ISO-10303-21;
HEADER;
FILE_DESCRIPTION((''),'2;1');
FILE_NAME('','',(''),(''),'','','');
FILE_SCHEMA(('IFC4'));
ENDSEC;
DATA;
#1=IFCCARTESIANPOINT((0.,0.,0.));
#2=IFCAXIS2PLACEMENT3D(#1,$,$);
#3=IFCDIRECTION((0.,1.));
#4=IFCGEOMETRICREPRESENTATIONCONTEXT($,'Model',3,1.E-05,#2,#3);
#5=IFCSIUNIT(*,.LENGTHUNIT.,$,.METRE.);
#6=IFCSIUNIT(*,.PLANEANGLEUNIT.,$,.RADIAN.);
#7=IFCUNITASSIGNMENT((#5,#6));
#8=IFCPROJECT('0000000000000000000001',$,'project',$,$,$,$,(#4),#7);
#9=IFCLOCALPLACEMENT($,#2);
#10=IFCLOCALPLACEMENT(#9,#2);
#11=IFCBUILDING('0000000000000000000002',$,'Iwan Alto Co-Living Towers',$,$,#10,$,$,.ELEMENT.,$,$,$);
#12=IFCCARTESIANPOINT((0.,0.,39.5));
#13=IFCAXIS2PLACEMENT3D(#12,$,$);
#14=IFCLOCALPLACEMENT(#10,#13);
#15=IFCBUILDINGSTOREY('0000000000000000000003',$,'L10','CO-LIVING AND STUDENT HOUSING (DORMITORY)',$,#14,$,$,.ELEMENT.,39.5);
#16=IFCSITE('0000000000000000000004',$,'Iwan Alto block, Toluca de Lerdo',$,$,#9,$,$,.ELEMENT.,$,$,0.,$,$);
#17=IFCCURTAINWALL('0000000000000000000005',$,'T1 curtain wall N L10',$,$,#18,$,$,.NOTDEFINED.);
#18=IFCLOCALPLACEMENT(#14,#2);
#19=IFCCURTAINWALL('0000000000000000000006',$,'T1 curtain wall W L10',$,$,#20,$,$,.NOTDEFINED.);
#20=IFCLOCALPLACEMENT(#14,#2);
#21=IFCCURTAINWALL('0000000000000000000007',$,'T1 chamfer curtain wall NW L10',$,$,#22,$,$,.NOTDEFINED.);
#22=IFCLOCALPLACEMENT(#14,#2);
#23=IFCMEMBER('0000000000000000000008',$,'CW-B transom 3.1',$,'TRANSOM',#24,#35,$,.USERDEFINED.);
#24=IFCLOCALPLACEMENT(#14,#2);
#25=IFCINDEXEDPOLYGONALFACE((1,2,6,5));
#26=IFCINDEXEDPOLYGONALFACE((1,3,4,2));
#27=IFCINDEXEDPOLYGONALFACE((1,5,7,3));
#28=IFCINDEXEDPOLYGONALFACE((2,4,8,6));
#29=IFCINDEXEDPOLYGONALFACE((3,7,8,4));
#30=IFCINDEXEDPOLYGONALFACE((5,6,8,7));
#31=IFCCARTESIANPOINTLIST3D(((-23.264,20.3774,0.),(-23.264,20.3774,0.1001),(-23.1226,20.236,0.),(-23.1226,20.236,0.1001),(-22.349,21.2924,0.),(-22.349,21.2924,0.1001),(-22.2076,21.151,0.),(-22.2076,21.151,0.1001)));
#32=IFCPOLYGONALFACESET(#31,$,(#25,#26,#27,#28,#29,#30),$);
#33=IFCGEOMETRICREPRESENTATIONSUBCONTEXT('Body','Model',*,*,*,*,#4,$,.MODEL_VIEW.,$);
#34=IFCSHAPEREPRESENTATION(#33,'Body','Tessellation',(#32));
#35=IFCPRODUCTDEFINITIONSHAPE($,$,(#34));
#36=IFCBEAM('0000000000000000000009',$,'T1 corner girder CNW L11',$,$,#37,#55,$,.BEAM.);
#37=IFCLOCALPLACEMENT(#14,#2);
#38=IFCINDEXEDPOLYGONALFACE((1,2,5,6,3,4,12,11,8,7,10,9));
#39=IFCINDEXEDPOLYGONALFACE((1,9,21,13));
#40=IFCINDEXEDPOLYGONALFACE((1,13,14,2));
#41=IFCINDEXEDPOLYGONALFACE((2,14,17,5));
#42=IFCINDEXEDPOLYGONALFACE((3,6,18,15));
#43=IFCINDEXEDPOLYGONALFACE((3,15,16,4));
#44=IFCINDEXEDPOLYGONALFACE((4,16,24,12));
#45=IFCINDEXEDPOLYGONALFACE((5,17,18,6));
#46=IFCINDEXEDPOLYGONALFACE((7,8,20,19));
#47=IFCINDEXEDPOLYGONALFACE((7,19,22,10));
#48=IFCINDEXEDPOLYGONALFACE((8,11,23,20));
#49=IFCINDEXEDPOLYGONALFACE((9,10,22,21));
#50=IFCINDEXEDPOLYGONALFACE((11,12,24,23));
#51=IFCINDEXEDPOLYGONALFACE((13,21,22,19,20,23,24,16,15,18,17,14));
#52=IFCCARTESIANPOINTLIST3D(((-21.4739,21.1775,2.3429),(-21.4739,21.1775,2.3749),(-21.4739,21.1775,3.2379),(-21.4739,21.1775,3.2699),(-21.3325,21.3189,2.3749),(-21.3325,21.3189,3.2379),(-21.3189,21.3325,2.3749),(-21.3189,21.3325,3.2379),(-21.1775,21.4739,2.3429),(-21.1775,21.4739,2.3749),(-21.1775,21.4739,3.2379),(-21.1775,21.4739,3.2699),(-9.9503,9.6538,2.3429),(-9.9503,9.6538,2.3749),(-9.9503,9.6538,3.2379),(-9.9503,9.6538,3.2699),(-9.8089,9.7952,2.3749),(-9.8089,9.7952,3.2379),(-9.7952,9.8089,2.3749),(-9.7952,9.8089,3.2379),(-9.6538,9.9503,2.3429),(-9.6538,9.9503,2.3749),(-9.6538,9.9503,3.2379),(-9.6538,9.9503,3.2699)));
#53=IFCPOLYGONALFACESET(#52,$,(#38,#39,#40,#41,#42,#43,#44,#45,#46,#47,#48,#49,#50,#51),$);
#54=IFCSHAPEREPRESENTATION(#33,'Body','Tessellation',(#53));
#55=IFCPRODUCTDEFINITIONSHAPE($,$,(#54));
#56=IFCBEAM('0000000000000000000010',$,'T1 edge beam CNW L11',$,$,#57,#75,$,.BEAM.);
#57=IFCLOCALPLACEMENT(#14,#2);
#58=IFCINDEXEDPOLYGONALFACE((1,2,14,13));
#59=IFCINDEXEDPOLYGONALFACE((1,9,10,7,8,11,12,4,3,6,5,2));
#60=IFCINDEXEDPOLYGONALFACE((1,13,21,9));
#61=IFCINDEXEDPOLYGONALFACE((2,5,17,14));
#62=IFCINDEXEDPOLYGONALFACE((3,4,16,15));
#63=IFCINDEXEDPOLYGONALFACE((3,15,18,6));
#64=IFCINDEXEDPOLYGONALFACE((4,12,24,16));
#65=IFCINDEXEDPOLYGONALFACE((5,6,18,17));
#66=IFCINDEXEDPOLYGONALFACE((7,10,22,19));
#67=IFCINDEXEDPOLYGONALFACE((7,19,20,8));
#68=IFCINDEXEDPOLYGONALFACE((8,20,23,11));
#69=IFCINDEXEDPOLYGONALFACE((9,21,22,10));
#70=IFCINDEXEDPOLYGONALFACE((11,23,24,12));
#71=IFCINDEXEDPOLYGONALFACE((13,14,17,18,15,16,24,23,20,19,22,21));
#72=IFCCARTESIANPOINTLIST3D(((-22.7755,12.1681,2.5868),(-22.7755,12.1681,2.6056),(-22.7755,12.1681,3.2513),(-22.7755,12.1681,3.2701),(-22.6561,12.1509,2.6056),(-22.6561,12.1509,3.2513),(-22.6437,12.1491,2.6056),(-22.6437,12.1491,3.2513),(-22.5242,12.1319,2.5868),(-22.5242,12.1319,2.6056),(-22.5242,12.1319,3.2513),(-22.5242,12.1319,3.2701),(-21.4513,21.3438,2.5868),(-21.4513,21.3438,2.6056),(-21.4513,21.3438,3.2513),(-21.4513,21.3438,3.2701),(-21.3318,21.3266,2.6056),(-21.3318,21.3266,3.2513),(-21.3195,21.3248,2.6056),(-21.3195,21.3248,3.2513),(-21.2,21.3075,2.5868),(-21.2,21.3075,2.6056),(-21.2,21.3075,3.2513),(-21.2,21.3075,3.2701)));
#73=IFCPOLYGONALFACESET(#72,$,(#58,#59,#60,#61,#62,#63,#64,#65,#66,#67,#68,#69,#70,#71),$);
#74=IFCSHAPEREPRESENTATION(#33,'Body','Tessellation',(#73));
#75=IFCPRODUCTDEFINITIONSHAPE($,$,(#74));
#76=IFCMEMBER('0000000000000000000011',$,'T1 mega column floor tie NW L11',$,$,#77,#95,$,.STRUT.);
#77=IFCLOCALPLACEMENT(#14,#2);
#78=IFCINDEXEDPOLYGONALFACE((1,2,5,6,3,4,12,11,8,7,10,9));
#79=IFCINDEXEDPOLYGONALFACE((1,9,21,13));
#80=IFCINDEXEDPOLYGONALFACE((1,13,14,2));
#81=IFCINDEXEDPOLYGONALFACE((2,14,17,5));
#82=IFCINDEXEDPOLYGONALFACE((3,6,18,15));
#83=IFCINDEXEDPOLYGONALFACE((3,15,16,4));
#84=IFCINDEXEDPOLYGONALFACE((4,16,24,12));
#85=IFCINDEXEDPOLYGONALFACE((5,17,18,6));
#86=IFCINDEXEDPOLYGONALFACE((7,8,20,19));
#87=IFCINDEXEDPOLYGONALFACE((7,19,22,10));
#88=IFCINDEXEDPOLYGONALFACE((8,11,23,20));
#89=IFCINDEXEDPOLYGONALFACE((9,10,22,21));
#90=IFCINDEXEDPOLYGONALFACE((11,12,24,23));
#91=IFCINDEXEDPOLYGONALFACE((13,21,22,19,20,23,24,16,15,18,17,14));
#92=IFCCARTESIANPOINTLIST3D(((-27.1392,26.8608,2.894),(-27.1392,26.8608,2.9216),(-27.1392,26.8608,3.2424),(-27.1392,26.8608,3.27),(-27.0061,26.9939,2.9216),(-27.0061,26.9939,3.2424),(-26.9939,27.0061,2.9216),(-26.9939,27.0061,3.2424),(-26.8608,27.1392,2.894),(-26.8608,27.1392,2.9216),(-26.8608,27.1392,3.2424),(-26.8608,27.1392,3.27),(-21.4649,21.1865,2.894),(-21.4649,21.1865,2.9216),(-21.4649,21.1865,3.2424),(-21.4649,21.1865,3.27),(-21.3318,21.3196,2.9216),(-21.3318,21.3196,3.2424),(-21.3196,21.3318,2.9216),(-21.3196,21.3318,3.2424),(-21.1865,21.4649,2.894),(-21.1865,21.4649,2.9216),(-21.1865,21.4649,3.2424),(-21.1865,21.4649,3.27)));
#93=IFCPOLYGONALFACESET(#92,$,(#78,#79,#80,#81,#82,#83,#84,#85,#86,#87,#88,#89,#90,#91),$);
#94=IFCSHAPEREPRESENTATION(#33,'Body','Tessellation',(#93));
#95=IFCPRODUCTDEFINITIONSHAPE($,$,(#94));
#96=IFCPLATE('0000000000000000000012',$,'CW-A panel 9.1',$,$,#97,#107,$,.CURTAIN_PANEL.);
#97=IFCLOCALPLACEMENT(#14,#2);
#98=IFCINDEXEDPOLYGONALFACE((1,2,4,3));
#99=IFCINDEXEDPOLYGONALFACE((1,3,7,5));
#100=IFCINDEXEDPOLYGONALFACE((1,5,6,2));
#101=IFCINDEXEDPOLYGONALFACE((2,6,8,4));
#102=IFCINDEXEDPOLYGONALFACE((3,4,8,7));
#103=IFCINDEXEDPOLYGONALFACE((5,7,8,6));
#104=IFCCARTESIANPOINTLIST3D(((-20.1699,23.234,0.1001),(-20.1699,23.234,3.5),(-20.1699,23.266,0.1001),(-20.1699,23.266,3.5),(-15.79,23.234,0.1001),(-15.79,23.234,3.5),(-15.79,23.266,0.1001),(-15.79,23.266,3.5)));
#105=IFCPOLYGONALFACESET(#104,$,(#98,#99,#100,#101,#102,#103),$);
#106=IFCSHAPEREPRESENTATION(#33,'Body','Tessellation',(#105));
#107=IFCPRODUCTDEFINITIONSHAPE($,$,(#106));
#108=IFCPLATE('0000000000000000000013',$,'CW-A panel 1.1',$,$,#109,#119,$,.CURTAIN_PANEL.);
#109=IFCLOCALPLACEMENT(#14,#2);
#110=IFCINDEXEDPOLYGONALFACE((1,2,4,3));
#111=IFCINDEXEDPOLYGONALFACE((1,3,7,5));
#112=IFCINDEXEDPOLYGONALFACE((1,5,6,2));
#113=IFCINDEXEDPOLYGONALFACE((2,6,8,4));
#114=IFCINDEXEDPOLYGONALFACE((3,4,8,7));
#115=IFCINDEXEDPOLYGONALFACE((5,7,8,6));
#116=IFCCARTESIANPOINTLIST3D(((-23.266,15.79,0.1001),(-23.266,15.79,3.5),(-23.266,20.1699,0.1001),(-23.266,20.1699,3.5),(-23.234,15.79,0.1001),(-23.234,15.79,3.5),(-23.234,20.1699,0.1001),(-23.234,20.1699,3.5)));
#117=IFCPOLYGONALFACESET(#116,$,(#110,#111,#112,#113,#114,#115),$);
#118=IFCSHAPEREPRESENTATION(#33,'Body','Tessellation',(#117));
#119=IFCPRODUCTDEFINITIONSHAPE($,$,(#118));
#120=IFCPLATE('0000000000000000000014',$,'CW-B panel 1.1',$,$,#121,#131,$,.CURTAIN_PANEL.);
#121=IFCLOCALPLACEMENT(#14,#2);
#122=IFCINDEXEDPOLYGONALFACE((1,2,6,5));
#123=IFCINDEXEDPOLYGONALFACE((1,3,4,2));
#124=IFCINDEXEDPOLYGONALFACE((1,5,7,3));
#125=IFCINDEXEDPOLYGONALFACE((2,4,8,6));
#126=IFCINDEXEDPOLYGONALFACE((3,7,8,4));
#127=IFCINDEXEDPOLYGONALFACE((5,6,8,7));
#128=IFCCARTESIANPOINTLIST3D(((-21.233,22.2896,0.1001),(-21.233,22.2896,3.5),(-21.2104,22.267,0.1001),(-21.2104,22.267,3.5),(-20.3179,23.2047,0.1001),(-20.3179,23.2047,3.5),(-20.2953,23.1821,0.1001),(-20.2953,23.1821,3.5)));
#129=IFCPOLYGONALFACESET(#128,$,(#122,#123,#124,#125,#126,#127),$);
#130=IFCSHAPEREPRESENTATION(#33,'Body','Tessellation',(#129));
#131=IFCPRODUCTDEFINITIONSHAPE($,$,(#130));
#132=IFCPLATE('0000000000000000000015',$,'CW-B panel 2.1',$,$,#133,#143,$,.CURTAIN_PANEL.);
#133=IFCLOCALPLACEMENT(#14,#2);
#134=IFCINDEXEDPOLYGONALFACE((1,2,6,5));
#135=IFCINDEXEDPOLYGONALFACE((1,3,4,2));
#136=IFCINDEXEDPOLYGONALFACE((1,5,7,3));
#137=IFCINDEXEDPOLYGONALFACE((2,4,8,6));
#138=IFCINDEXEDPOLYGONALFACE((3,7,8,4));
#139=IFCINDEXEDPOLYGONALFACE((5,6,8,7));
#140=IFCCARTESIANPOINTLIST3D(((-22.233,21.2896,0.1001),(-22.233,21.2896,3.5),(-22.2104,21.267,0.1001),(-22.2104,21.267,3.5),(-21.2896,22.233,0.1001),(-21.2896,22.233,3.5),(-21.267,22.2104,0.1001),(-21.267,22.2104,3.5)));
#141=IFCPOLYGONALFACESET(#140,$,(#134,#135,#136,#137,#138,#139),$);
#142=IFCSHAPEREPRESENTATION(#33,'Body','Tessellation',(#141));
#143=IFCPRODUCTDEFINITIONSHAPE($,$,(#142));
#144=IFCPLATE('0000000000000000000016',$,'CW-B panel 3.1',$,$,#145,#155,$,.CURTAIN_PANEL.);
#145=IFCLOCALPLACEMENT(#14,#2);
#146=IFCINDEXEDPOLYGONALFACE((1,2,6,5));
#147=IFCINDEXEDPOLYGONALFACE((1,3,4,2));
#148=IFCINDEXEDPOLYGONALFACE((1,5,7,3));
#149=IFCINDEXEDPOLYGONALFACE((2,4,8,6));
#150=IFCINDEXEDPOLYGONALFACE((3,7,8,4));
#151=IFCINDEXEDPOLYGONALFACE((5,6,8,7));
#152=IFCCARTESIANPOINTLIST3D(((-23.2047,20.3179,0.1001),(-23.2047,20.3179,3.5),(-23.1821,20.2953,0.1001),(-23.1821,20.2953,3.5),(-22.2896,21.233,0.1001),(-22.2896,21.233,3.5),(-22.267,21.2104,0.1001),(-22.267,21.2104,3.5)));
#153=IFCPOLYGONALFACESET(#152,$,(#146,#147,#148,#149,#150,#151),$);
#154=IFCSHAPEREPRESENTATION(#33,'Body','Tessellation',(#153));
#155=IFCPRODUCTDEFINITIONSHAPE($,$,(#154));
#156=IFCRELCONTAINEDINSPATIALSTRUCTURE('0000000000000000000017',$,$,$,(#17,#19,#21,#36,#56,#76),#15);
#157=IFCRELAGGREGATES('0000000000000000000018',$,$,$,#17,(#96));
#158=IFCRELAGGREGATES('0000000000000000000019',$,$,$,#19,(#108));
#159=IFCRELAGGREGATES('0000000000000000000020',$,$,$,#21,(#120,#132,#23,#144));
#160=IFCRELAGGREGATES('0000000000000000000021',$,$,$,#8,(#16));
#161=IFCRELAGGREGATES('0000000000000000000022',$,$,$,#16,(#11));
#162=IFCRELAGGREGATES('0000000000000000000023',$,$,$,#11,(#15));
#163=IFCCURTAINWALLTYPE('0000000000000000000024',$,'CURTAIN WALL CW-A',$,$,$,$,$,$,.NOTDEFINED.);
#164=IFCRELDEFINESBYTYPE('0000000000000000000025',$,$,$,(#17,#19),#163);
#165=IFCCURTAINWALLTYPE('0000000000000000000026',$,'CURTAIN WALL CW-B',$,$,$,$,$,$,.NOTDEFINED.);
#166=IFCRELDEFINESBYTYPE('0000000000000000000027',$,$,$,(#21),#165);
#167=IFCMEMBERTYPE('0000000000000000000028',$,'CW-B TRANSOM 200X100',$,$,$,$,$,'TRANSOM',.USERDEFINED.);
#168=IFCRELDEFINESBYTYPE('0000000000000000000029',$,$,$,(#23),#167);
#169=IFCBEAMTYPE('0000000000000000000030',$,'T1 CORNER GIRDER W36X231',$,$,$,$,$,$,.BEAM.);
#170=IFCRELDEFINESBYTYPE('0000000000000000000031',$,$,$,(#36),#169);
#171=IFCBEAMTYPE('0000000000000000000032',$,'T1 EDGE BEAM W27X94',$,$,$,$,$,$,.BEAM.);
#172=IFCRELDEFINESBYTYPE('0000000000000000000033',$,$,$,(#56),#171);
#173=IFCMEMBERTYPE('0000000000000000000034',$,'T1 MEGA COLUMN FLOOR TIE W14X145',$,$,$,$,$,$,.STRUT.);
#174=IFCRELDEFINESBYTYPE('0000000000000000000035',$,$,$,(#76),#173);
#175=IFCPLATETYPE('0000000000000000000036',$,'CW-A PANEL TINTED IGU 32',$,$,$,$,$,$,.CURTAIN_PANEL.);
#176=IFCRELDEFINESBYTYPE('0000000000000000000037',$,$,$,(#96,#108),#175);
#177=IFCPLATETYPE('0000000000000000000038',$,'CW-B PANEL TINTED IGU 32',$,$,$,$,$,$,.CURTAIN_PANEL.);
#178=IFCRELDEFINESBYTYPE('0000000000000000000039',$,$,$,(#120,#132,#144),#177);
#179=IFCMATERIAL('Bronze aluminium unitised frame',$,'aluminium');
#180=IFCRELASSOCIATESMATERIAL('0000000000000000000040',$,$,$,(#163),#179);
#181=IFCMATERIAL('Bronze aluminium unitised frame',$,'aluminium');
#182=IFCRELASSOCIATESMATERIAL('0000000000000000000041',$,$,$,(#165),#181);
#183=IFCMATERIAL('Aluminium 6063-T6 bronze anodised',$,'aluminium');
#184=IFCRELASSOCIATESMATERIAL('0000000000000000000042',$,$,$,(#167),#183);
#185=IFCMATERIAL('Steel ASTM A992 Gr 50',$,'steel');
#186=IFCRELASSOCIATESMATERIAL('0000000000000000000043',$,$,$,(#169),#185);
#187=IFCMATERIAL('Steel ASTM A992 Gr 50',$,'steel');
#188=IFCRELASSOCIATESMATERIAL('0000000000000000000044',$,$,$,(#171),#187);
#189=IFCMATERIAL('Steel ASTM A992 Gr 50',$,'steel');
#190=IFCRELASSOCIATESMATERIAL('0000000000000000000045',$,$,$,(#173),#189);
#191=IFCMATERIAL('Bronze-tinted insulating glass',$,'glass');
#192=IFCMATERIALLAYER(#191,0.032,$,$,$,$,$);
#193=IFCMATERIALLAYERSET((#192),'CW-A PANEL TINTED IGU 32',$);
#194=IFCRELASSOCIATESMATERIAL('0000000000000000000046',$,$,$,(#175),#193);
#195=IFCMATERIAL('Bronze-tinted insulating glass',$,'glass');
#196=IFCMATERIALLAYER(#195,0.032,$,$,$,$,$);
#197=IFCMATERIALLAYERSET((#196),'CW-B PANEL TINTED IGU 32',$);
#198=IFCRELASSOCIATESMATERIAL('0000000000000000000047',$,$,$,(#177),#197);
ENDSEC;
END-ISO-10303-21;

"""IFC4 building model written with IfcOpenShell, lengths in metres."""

from ifc_helpers import new_model, si_unit, direction, frame, origin, origin_2d, place, context, subcontext, project, spatial, rectangle, i_section, extrude, material, layer, layer_set, material_profile, profile_set, type_object, element, aggregate, save


model = new_model("IFC4")

# Units and contexts
model_context = context("Model", 3, precision=1e-05, world=origin(), true_north=direction((0.0, 1.0)))
body_context = subcontext(model_context, "Body", "Model", "MODEL_VIEW")
ifc_project = project(units=[si_unit("LENGTHUNIT", "METRE"), si_unit("PLANEANGLEUNIT", "RADIAN")], contexts=[model_context])

# Site, building, storey
site_placement = place(None, origin())
site = spatial("IfcSite", under=ifc_project, at=site_placement, Name="Iwan Alto block, Toluca de Lerdo", CompositionType="ELEMENT", RefElevation=0.0)
building_placement = place(site_placement, origin())
building = spatial("IfcBuilding", under=site, at=building_placement, Name="Iwan Alto Co-Living Towers", CompositionType="ELEMENT")
storey_placement = place(building_placement, frame((0.0, 0.0, 39.5)))
storey = spatial("IfcBuildingStorey", under=building, at=storey_placement, Name="L10", Description="CO-LIVING AND STUDENT HOUSING (DORMITORY)", CompositionType="ELEMENT", Elevation=39.5)

# Curtain walls
ifc_material_1 = material(Name="Bronze aluminium unitised frame", Category="aluminium")
curtain_wall_type_1 = type_object("IfcCurtainWallType", Name="CURTAIN WALL CW-A", PredefinedType="NOTDEFINED", material=ifc_material_1)
curtain_wall_1_placement = place(storey_placement, origin())
curtain_wall_1 = element("IfcCurtainWall", 1, at=curtain_wall_1_placement, inside=storey, type_object=curtain_wall_type_1, Name="T1 curtain wall N L10", PredefinedType="NOTDEFINED")
curtain_wall_2_placement = place(storey_placement, origin())
curtain_wall_2 = element("IfcCurtainWall", 2, at=curtain_wall_2_placement, inside=storey, type_object=curtain_wall_type_1, Name="T1 curtain wall W L10", PredefinedType="NOTDEFINED")

# Curtain wall, member
ifc_material_2 = material(Name="Bronze aluminium unitised frame", Category="aluminium")
curtain_wall_type_2 = type_object("IfcCurtainWallType", Name="CURTAIN WALL CW-B", PredefinedType="NOTDEFINED", material=ifc_material_2)
curtain_wall_3_placement = place(storey_placement, origin())
curtain_wall_3 = element("IfcCurtainWall", 3, at=curtain_wall_3_placement, inside=storey, type_object=curtain_wall_type_2, Name="T1 chamfer curtain wall NW L10", PredefinedType="NOTDEFINED")
ifc_material_3 = material(Name="Aluminium 6063-T6 bronze anodised", Category="aluminium")
ifc_material_profile_1 = material_profile(ifc_material_3, rectangle(XDim=0.2, YDim=0.1001, at=origin_2d()), Name="AL 200X100")
ifc_profile_set_1 = profile_set([ifc_material_profile_1], Name="Aluminium 6063-T6 bronze anodised")
member_type_1 = type_object("IfcMemberType", Name="CW-B TRANSOM 200X100", ElementType="TRANSOM", PredefinedType="USERDEFINED", material=ifc_profile_set_1)
member_1_placement = place(storey_placement, frame((-22.2783, 21.2217, 0.05), z_axis=(-0.707107, -0.707107, 0.0), x_axis=(0.707107, -0.707107, 0.0)))
member_1 = element("IfcMember", 4, at=member_1_placement, type_object=member_type_1, Name="CW-B transom 3.1", ObjectType="TRANSOM", PredefinedType="USERDEFINED", context=body_context, shape_type="SweptSolid", body=[
    extrude(rectangle(XDim=0.2, YDim=0.1001, at=origin_2d()), origin(), (0.0, 0.0, 1.0), 1.2939),
])

# Beams
ifc_material_4 = material(Name="Steel ASTM A992 Gr 50", Category="steel")
ifc_material_profile_2 = material_profile(ifc_material_4, i_section(OverallWidth=0.4192, OverallDepth=0.927, WebThickness=0.0193, FlangeThickness=0.032, at=origin_2d()), Name="W36X231")
ifc_profile_set_2 = profile_set([ifc_material_profile_2], Name="Steel ASTM A992 Gr 50")
beam_type_1 = type_object("IfcBeamType", Name="T1 CORNER GIRDER W36X231", PredefinedType="BEAM", material=ifc_profile_set_2)
beam_1_placement = place(storey_placement, frame((-21.3257, 21.3257, 2.8064), z_axis=(0.707107, -0.707107, 0.0), x_axis=(0.707107, 0.707107, 0.0)))
element("IfcBeam", 5, at=beam_1_placement, inside=storey, type_object=beam_type_1, Name="T1 corner girder CNW L11", PredefinedType="BEAM", context=body_context, shape_type="SweptSolid", body=[
    extrude(i_section(OverallWidth=0.4192, OverallDepth=0.927, WebThickness=0.0193, FlangeThickness=0.032, at=origin_2d()), origin(), (0.0, 0.0, 1.0), 16.2969),
])
ifc_material_5 = material(Name="Steel ASTM A992 Gr 50", Category="steel")
ifc_material_profile_3 = material_profile(ifc_material_5, i_section(OverallWidth=0.2539, OverallDepth=0.6833, WebThickness=0.0125, FlangeThickness=0.0188, at=origin_2d()), Name="W27X94")
ifc_profile_set_3 = profile_set([ifc_material_profile_3], Name="Steel ASTM A992 Gr 50")
beam_type_2 = type_object("IfcBeamType", Name="T1 EDGE BEAM W27X94", PredefinedType="BEAM", material=ifc_profile_set_3)
beam_2_placement = place(storey_placement, frame((-21.3257, 21.3257, 2.9285), z_axis=(-0.142837, -0.989746, 0.0), x_axis=(0.989746, -0.142837, 0.0)))
element("IfcBeam", 6, at=beam_2_placement, inside=storey, type_object=beam_type_2, Name="T1 edge beam CNW L11", PredefinedType="BEAM", context=body_context, shape_type="SweptSolid", body=[
    extrude(i_section(OverallWidth=0.2539, OverallDepth=0.6833, WebThickness=0.0125, FlangeThickness=0.0188, at=origin_2d()), origin(), (0.0, 0.0, 1.0), 9.2708),
])

# Member
ifc_material_6 = material(Name="Steel ASTM A992 Gr 50", Category="steel")
ifc_material_profile_4 = material_profile(ifc_material_6, i_section(OverallWidth=0.3938, OverallDepth=0.376, WebThickness=0.0173, FlangeThickness=0.0276, at=origin_2d()), Name="W14X145")
ifc_profile_set_4 = profile_set([ifc_material_profile_4], Name="Steel ASTM A992 Gr 50")
member_type_2 = type_object("IfcMemberType", Name="T1 MEGA COLUMN FLOOR TIE W14X145", PredefinedType="STRUT", material=ifc_profile_set_4)
member_2_placement = place(storey_placement, frame((-27.0, 27.0, 3.082), z_axis=(0.707107, -0.707107, 0.0), x_axis=(0.707107, 0.707107, 0.0)))
element("IfcMember", 7, at=member_2_placement, inside=storey, type_object=member_type_2, Name="T1 mega column floor tie NW L11", PredefinedType="STRUT", context=body_context, shape_type="SweptSolid", body=[
    extrude(i_section(OverallWidth=0.3938, OverallDepth=0.376, WebThickness=0.0173, FlangeThickness=0.0276, at=origin_2d()), origin(), (0.0, 0.0, 1.0), 8.0247),
])

# Plates
ifc_material_7 = material(Name="Bronze-tinted insulating glass", Category="glass")
ifc_layer_1 = layer(ifc_material_7, 0.032)
ifc_layer_set_1 = layer_set([ifc_layer_1], Name="CW-A PANEL TINTED IGU 32")
plate_type_1 = type_object("IfcPlateType", Name="CW-A PANEL TINTED IGU 32", PredefinedType="CURTAIN_PANEL", material=ifc_layer_set_1)
plate_1_placement = place(storey_placement, frame((-17.98, 23.25, 0.1001), z_axis=(0.0, 0.0, 1.0), x_axis=(-1.0, 0.0, 0.0)))
plate_1 = element("IfcPlate", 8, at=plate_1_placement, type_object=plate_type_1, Name="CW-A panel 9.1", PredefinedType="CURTAIN_PANEL", context=body_context, shape_type="SweptSolid", body=[
    extrude(rectangle(XDim=4.3799, YDim=0.032, at=origin_2d()), origin(), (0.0, 0.0, 1.0), 3.3999),
])
aggregate(curtain_wall_1, [plate_1])
plate_2_placement = place(storey_placement, frame((-23.25, 17.98, 0.1001), z_axis=(0.0, 0.0, 1.0), x_axis=(0.0, -1.0, 0.0)))
plate_2 = element("IfcPlate", 9, at=plate_2_placement, type_object=plate_type_1, Name="CW-A panel 1.1", PredefinedType="CURTAIN_PANEL", context=body_context, shape_type="SweptSolid", body=[
    extrude(rectangle(XDim=4.3799, YDim=0.032, at=origin_2d()), origin(), (0.0, 0.0, 1.0), 3.3999),
])
aggregate(curtain_wall_2, [plate_2])
ifc_material_8 = material(Name="Bronze-tinted insulating glass", Category="glass")
ifc_layer_2 = layer(ifc_material_8, 0.032)
ifc_layer_set_2 = layer_set([ifc_layer_2], Name="CW-B PANEL TINTED IGU 32")
plate_type_2 = type_object("IfcPlateType", Name="CW-B PANEL TINTED IGU 32", PredefinedType="CURTAIN_PANEL", material=ifc_layer_set_2)
plate_3_placement = place(storey_placement, frame((-20.7642, 22.7358, 0.1001), z_axis=(0.0, 0.0, 1.0), x_axis=(-0.707107, -0.707107, 0.0)))
plate_3 = element("IfcPlate", 10, at=plate_3_placement, type_object=plate_type_2, Name="CW-B panel 1.1", PredefinedType="CURTAIN_PANEL", context=body_context, shape_type="SweptSolid", body=[
    extrude(rectangle(XDim=1.2942, YDim=0.032, at=origin_2d()), origin(), (0.0, 0.0, 1.0), 3.3999),
])
plate_4_placement = place(storey_placement, frame((-21.75, 21.75, 0.1001), z_axis=(0.0, 0.0, 1.0), x_axis=(-0.707107, -0.707107, 0.0)))
plate_4 = element("IfcPlate", 11, at=plate_4_placement, type_object=plate_type_2, Name="CW-B panel 2.1", PredefinedType="CURTAIN_PANEL", context=body_context, shape_type="SweptSolid", body=[
    extrude(rectangle(XDim=1.3342, YDim=0.032, at=origin_2d()), origin(), (0.0, 0.0, 1.0), 3.3999),
])
plate_5_placement = place(storey_placement, frame((-22.7358, 20.7642, 0.1001), z_axis=(0.0, 0.0, 1.0), x_axis=(-0.707107, -0.707107, 0.0)))
plate_5 = element("IfcPlate", 12, at=plate_5_placement, type_object=plate_type_2, Name="CW-B panel 3.1", PredefinedType="CURTAIN_PANEL", context=body_context, shape_type="SweptSolid", body=[
    extrude(rectangle(XDim=1.2942, YDim=0.032, at=origin_2d()), origin(), (0.0, 0.0, 1.0), 3.3999),
])
aggregate(curtain_wall_3, [plate_3, plate_4, member_1, plate_5])

save(model, "model.ifc")
